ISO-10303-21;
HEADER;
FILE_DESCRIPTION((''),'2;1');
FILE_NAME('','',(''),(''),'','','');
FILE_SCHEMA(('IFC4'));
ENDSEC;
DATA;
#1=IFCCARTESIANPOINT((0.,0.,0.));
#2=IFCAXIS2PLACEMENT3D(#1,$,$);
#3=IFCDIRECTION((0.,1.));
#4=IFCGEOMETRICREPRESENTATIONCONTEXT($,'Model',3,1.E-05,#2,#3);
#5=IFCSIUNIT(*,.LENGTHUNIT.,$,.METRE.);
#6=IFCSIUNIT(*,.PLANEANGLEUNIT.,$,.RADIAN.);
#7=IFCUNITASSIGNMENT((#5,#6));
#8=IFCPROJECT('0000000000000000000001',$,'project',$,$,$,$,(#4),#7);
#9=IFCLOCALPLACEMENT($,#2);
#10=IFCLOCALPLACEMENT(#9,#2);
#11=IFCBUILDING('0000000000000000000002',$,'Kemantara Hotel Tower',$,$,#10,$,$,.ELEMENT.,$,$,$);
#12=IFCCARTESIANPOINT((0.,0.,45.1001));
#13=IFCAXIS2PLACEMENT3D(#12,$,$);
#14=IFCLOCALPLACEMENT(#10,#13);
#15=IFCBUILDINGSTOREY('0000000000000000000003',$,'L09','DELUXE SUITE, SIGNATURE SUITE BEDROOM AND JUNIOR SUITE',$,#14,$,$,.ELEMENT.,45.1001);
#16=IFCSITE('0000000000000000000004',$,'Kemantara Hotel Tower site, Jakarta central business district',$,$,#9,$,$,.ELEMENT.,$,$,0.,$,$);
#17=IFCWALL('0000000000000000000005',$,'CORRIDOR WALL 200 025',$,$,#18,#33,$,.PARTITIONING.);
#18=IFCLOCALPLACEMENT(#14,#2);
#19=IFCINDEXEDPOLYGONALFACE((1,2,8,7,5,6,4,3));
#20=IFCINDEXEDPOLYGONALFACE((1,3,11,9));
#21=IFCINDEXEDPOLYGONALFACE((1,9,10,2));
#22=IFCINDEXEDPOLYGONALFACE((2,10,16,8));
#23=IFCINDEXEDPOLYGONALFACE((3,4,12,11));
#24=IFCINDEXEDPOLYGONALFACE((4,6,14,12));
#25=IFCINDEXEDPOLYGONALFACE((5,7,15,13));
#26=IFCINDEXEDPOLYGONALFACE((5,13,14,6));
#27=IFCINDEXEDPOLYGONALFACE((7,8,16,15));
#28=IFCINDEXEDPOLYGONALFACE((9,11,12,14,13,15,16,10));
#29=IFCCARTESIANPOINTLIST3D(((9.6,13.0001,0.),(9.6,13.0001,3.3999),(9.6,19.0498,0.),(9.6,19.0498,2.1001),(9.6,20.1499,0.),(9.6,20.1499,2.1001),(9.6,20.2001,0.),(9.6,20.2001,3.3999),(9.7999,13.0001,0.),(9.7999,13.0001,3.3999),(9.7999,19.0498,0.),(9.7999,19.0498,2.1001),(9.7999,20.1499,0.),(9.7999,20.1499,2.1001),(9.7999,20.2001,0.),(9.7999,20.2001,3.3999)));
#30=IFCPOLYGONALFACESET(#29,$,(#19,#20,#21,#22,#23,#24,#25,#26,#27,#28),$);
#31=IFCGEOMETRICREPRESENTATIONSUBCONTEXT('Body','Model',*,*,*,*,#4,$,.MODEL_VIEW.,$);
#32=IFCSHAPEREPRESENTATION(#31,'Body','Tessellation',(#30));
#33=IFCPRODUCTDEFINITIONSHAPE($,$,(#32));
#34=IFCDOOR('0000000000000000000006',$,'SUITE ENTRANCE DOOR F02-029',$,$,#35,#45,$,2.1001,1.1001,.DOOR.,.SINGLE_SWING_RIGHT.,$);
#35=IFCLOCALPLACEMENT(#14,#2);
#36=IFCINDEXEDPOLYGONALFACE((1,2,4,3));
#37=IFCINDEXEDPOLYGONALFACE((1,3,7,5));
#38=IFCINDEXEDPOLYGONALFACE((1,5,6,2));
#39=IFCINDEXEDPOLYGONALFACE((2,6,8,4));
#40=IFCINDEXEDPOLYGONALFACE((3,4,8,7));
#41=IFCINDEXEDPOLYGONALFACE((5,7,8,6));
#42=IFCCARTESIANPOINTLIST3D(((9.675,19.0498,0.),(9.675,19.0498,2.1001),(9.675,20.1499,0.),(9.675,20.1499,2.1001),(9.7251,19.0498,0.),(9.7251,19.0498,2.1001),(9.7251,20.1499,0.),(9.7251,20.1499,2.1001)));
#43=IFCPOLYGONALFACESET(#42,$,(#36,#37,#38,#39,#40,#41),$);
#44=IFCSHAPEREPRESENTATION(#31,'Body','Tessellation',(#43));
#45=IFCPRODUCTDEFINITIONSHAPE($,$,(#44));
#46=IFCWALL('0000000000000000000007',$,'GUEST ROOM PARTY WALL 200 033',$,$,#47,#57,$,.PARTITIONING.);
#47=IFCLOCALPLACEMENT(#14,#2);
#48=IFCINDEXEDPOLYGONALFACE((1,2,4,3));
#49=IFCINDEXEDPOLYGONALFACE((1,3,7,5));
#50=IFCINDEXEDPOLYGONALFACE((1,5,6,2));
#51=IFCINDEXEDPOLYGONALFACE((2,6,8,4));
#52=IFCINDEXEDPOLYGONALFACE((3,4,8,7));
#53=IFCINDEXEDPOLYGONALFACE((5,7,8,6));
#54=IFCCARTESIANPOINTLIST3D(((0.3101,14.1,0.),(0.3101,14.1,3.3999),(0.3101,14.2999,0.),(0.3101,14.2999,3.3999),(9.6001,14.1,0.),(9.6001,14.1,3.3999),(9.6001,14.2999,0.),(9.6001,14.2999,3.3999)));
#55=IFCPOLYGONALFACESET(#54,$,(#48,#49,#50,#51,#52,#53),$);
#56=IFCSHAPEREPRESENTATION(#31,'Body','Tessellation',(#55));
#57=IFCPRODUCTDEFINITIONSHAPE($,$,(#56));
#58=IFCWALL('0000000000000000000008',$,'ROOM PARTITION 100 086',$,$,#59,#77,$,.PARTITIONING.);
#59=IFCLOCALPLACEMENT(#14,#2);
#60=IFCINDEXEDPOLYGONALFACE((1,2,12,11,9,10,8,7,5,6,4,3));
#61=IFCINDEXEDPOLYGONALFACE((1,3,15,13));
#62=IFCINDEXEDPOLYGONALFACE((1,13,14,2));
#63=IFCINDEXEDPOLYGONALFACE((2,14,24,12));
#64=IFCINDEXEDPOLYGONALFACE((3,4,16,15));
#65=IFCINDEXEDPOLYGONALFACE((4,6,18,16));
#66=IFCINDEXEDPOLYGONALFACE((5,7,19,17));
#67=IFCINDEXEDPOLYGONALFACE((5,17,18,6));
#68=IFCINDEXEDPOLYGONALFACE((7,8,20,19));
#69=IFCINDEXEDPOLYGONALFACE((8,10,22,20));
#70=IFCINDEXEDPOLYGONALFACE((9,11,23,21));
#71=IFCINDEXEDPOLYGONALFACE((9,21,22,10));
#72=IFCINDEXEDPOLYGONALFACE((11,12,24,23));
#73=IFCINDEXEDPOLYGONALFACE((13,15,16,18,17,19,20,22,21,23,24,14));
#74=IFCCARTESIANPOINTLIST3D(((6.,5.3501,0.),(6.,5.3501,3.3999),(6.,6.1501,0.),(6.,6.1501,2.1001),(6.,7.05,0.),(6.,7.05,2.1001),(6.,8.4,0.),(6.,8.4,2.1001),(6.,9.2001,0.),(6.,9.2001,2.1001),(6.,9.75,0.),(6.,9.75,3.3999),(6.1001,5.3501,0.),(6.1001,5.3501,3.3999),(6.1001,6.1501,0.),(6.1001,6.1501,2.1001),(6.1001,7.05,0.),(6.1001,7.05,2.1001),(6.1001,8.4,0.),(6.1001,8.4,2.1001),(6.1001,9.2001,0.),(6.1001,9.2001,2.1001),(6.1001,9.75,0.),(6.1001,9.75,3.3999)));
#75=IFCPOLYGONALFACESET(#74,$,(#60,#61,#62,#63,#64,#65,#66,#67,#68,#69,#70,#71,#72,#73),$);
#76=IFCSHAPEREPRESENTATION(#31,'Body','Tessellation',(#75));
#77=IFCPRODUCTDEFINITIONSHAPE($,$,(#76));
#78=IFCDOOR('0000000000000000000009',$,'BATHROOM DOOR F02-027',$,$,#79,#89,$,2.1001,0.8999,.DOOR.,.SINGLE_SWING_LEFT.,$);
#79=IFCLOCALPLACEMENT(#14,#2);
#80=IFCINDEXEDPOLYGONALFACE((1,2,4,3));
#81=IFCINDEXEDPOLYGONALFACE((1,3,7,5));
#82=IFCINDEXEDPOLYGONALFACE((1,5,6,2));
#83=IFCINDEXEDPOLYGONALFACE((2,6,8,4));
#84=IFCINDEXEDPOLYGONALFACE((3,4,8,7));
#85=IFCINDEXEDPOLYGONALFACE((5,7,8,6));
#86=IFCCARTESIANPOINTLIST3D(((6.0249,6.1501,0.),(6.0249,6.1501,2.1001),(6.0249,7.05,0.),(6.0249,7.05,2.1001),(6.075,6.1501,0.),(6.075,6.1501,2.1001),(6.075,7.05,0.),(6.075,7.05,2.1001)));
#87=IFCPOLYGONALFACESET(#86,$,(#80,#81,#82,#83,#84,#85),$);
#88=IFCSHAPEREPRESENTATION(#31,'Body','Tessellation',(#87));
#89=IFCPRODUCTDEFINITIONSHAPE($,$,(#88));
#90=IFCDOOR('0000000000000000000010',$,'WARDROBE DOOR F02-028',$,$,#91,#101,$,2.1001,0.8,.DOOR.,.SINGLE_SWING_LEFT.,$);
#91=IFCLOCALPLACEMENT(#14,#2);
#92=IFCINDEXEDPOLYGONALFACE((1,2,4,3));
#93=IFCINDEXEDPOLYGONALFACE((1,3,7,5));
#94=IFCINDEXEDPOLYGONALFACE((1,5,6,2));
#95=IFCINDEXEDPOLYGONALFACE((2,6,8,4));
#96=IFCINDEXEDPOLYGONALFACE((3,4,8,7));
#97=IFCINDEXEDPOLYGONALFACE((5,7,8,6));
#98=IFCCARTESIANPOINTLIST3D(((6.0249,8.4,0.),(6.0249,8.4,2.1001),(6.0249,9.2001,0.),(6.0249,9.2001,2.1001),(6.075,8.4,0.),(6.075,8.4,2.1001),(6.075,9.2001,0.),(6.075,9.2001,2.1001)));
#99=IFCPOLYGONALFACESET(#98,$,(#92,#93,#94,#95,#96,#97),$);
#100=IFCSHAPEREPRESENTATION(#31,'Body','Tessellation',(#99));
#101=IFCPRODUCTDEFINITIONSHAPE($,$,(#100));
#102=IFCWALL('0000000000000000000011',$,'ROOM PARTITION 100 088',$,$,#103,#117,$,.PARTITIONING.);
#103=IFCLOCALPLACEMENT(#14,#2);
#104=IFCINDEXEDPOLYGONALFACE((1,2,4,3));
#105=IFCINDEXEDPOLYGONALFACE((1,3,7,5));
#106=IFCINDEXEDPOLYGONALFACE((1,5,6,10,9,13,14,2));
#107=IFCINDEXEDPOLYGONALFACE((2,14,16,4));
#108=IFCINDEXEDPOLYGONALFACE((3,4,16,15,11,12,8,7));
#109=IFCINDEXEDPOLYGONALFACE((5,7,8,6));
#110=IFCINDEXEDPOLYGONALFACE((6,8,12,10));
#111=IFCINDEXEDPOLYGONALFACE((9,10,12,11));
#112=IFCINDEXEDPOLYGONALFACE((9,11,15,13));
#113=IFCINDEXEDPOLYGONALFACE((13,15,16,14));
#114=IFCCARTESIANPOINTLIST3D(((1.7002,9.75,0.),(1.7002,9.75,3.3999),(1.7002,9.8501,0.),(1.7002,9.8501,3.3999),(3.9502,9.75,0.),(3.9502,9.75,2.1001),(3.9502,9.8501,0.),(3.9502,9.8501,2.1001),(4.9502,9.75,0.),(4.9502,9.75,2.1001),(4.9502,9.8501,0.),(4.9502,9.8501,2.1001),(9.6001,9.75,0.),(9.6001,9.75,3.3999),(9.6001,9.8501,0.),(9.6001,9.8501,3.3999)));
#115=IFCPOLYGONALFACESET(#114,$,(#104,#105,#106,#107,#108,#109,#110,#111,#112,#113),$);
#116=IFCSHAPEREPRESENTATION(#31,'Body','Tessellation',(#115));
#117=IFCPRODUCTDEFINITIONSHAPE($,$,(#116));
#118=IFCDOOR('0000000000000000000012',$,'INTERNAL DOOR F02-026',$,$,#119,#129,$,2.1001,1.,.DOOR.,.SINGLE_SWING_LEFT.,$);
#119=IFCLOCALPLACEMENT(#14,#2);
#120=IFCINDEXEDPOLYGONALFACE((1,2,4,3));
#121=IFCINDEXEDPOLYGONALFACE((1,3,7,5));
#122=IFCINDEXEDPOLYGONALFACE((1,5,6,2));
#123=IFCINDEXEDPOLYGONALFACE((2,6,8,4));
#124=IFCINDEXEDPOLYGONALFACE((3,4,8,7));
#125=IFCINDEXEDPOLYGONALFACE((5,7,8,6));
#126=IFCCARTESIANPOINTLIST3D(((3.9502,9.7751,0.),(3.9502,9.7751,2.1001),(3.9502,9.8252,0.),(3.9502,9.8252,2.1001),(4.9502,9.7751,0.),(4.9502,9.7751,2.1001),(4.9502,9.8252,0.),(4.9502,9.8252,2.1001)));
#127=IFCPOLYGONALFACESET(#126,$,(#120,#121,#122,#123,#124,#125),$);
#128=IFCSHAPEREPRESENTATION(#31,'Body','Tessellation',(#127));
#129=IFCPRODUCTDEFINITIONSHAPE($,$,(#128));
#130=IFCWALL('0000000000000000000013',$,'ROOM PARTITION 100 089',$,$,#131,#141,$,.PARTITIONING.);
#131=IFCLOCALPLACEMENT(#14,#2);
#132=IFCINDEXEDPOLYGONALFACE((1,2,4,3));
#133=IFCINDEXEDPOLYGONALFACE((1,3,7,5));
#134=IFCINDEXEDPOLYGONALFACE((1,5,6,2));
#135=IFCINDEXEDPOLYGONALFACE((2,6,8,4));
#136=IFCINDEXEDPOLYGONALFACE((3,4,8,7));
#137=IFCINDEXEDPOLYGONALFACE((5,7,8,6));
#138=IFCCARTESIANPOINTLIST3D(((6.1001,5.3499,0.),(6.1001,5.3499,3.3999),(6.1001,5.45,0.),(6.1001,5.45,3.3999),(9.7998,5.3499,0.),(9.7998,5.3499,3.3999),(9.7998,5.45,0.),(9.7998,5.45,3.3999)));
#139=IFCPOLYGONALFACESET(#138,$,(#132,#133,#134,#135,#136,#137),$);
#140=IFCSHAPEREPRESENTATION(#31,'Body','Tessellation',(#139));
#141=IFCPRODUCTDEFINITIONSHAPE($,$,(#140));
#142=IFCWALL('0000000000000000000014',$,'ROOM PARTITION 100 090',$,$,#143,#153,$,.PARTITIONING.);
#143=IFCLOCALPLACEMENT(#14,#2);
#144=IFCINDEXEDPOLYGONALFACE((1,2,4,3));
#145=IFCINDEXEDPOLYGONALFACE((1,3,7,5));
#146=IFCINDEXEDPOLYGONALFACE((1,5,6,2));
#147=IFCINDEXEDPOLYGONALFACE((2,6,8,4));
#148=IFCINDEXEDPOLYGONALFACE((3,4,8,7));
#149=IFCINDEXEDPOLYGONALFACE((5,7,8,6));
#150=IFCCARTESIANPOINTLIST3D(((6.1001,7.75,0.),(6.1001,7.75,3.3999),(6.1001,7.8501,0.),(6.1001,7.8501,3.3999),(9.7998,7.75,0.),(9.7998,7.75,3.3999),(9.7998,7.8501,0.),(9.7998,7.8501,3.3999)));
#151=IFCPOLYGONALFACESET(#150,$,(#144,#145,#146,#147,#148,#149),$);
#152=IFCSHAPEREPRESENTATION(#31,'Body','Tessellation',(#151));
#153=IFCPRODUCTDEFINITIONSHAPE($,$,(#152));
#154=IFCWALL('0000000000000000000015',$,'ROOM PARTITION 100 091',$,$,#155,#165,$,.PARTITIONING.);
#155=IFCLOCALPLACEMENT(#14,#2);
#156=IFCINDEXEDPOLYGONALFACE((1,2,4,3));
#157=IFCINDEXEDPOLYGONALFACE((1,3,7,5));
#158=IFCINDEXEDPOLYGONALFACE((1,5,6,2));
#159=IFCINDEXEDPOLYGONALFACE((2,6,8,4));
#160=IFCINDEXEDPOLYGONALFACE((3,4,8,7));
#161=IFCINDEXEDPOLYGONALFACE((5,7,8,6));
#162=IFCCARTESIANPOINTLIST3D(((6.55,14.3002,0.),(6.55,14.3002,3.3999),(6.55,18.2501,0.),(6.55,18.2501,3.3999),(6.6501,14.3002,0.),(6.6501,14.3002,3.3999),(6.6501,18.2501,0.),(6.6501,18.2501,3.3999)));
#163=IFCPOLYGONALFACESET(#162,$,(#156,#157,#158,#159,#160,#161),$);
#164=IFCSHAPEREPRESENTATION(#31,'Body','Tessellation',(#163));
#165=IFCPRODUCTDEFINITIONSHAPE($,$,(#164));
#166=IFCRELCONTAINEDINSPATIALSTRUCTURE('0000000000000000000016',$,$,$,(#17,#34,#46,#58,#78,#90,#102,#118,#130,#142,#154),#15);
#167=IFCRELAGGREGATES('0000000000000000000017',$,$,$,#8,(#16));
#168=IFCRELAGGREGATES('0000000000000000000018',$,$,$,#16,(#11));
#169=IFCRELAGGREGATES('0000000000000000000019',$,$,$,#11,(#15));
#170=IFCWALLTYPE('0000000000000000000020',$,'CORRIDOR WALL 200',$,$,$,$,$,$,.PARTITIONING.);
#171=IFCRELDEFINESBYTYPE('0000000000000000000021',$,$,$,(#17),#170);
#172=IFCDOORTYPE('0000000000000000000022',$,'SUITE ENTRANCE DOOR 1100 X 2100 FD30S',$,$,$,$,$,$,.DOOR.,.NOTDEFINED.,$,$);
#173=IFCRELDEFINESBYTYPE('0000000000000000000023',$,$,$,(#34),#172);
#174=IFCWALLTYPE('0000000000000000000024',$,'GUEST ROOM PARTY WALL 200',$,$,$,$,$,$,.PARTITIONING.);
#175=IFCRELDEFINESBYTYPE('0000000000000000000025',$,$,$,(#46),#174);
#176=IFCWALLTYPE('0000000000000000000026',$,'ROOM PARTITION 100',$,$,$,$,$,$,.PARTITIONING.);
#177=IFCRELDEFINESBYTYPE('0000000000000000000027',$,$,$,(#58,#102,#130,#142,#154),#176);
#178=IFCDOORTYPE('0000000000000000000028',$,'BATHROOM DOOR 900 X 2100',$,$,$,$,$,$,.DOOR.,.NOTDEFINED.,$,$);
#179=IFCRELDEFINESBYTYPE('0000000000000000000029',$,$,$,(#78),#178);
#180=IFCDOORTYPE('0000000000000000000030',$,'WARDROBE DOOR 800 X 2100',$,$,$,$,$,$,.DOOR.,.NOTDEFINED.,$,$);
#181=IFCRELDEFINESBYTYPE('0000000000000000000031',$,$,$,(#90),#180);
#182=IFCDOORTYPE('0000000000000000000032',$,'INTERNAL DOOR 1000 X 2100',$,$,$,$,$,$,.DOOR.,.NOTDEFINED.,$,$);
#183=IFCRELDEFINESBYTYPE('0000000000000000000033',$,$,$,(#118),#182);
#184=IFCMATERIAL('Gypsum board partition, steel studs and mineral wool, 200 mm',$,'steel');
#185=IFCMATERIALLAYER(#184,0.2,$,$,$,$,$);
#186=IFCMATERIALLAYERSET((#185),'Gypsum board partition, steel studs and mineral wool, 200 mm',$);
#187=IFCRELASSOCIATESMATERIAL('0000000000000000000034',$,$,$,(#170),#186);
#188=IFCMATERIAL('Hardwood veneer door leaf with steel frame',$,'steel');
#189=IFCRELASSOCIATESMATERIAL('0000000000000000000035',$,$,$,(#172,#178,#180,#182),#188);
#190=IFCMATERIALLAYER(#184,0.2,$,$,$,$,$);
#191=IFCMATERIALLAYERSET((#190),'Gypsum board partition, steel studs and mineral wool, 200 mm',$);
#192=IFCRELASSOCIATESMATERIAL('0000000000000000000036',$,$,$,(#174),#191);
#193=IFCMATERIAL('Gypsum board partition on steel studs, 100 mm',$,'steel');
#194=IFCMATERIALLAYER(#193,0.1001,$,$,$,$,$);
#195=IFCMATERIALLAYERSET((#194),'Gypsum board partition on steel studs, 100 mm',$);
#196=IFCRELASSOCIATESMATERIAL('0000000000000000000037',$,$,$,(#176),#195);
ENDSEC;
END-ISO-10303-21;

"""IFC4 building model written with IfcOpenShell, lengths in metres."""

from ifc_helpers import new_model, si_unit, direction, frame, frame_2d, origin, place, context, subcontext, project, spatial, rectangle, extrude, material, layer, layer_set, type_object, element, fill, save


model = new_model("IFC4")

# Units and contexts
model_context = context("Model", 3, precision=1e-05, world=origin(), true_north=direction((0.0, 1.0)))
body_context = subcontext(model_context, "Body", "Model", "MODEL_VIEW")
ifc_project = project(units=[si_unit("LENGTHUNIT", "METRE"), si_unit("PLANEANGLEUNIT", "RADIAN")], contexts=[model_context])

# Site, building, storey
site_placement = place(None, origin())
site = spatial("IfcSite", under=ifc_project, at=site_placement, Name="Kemantara Hotel Tower site, Jakarta central business district", CompositionType="ELEMENT", RefElevation=0.0)
building_placement = place(site_placement, origin())
building = spatial("IfcBuilding", under=site, at=building_placement, Name="Kemantara Hotel Tower", CompositionType="ELEMENT")
storey_placement = place(building_placement, frame((0.0, 0.0, 45.1001)))
storey = spatial("IfcBuildingStorey", under=building, at=storey_placement, Name="L09", Description="DELUXE SUITE, SIGNATURE SUITE BEDROOM AND JUNIOR SUITE", CompositionType="ELEMENT", Elevation=45.1001)

# Wall, opening, door
ifc_material_1 = material(Name="Gypsum board partition, steel studs and mineral wool, 200 mm", Category="steel")
ifc_layer_1 = layer(ifc_material_1, 0.2)
ifc_layer_set_1 = layer_set([ifc_layer_1], Name="Gypsum board partition, steel studs and mineral wool, 200 mm")
wall_type_1 = type_object("IfcWallType", Name="CORRIDOR WALL 200", PredefinedType="PARTITIONING", material=ifc_layer_set_1)
ifc_material_2 = material(Name="Hardwood veneer door leaf with steel frame", Category="steel")
door_type_1 = type_object("IfcDoorType", Name="SUITE ENTRANCE DOOR 1100 X 2100 FD30S", OperationType="NOTDEFINED", PredefinedType="DOOR", material=ifc_material_2)
wall_1_placement = place(storey_placement, frame((9.7, 13.0, 0.0), z_axis=(0.0, 0.0, 1.0), x_axis=(0.0, 1.0, 0.0)))
wall_1 = element("IfcWall", 1, at=wall_1_placement, inside=storey, type_object=wall_type_1, Name="CORRIDOR WALL 200 025", PredefinedType="PARTITIONING", context=body_context, shape_type="SweptSolid", body=[
    extrude(rectangle(XDim=7.2, YDim=0.2, at=frame_2d((3.6001, 0.0))), origin(), (0.0, 0.0, 1.0), 3.3999),
])
opening_1_placement = place(wall_1_placement, frame((6.0498, 0.0, 0.0)))
opening_1 = element("IfcOpeningElement", 2, at=opening_1_placement, cuts=wall_1, PredefinedType="OPENING", context=body_context, shape_type="SweptSolid", body=[
    extrude(rectangle(XDim=1.1001, YDim=2.1001, at=frame_2d((0.55, 1.05))), frame((0.0, 0.1099, 0.0), z_axis=(0.0, -1.0, 0.0), x_axis=(1.0, 0.0, 0.0)), (0.0, 0.0, 1.0), 0.22),
])
door_1_placement = place(opening_1_placement, origin())
door_1 = element("IfcDoor", 3, at=door_1_placement, inside=storey, type_object=door_type_1, Name="SUITE ENTRANCE DOOR F02-029", OperationType="SINGLE_SWING_RIGHT", OverallHeight=2.1001, OverallWidth=1.1001, PredefinedType="DOOR", context=body_context, shape_type="SweptSolid", body=[
    extrude(rectangle(XDim=1.1001, YDim=2.1001, at=frame_2d((0.55, 1.05))), frame((0.0, 0.0249, 0.0), z_axis=(0.0, -1.0, 0.0), x_axis=(1.0, 0.0, 0.0)), (0.0, 0.0, 1.0), 0.05),
])
fill(opening_1, door_1)

# Wall
ifc_layer_2 = layer(ifc_material_1, 0.2)
ifc_layer_set_2 = layer_set([ifc_layer_2], Name="Gypsum board partition, steel studs and mineral wool, 200 mm")
wall_type_2 = type_object("IfcWallType", Name="GUEST ROOM PARTY WALL 200", PredefinedType="PARTITIONING", material=ifc_layer_set_2)
wall_2_placement = place(storey_placement, frame((0.3101, 14.2, 0.0), z_axis=(0.0, 0.0, 1.0), x_axis=(1.0, 0.0, 0.0)))
element("IfcWall", 4, at=wall_2_placement, inside=storey, type_object=wall_type_2, Name="GUEST ROOM PARTY WALL 200 033", PredefinedType="PARTITIONING", context=body_context, shape_type="SweptSolid", body=[
    extrude(rectangle(XDim=9.29, YDim=0.2, at=frame_2d((4.645, 0.0))), origin(), (0.0, 0.0, 1.0), 3.3999),
])

# Wall, openings, doors
ifc_material_3 = material(Name="Gypsum board partition on steel studs, 100 mm", Category="steel")
ifc_layer_3 = layer(ifc_material_3, 0.1001)
ifc_layer_set_3 = layer_set([ifc_layer_3], Name="Gypsum board partition on steel studs, 100 mm")
wall_type_3 = type_object("IfcWallType", Name="ROOM PARTITION 100", PredefinedType="PARTITIONING", material=ifc_layer_set_3)
wall_3_placement = place(storey_placement, frame((6.05, 9.75, 0.0), z_axis=(0.0, 0.0, 1.0), x_axis=(0.0, -1.0, 0.0)))
wall_3 = element("IfcWall", 5, at=wall_3_placement, inside=storey, type_object=wall_type_3, Name="ROOM PARTITION 100 086", PredefinedType="PARTITIONING", context=body_context, shape_type="SweptSolid", body=[
    extrude(rectangle(XDim=4.3999, YDim=0.1001, at=frame_2d((2.2, 0.0))), origin(), (0.0, 0.0, 1.0), 3.3999),
])
opening_2_placement = place(wall_3_placement, frame((2.7, 0.0, 0.0)))
opening_2 = element("IfcOpeningElement", 6, at=opening_2_placement, cuts=wall_3, PredefinedType="OPENING", context=body_context, shape_type="SweptSolid", body=[
    extrude(rectangle(XDim=0.8999, YDim=2.1001, at=frame_2d((0.45, 1.05))), frame((0.0, 0.0601, 0.0), z_axis=(0.0, -1.0, 0.0), x_axis=(1.0, 0.0, 0.0)), (0.0, 0.0, 1.0), 0.1201),
])
opening_3_placement = place(wall_3_placement, frame((0.55, 0.0, 0.0)))
opening_3 = element("IfcOpeningElement", 7, at=opening_3_placement, cuts=wall_3, PredefinedType="OPENING", context=body_context, shape_type="SweptSolid", body=[
    extrude(rectangle(XDim=0.8, YDim=2.1001, at=frame_2d((0.3999, 1.05))), frame((0.0, 0.0601, 0.0), z_axis=(0.0, -1.0, 0.0), x_axis=(1.0, 0.0, 0.0)), (0.0, 0.0, 1.0), 0.1201),
])
door_type_2 = type_object("IfcDoorType", Name="BATHROOM DOOR 900 X 2100", OperationType="NOTDEFINED", PredefinedType="DOOR", material=ifc_material_2)
door_2_placement = place(opening_2_placement, origin())
door_2 = element("IfcDoor", 8, at=door_2_placement, inside=storey, type_object=door_type_2, Name="BATHROOM DOOR F02-027", OperationType="SINGLE_SWING_LEFT", OverallHeight=2.1001, OverallWidth=0.8999, PredefinedType="DOOR", context=body_context, shape_type="SweptSolid", body=[
    extrude(rectangle(XDim=0.8999, YDim=2.1001, at=frame_2d((0.45, 1.05))), frame((0.0, 0.0249, 0.0), z_axis=(0.0, -1.0, 0.0), x_axis=(1.0, 0.0, 0.0)), (0.0, 0.0, 1.0), 0.05),
])
fill(opening_2, door_2)
door_type_3 = type_object("IfcDoorType", Name="WARDROBE DOOR 800 X 2100", OperationType="NOTDEFINED", PredefinedType="DOOR", material=ifc_material_2)
door_3_placement = place(opening_3_placement, origin())
door_3 = element("IfcDoor", 9, at=door_3_placement, inside=storey, type_object=door_type_3, Name="WARDROBE DOOR F02-028", OperationType="SINGLE_SWING_LEFT", OverallHeight=2.1001, OverallWidth=0.8, PredefinedType="DOOR", context=body_context, shape_type="SweptSolid", body=[
    extrude(rectangle(XDim=0.8, YDim=2.1001, at=frame_2d((0.3999, 1.05))), frame((0.0, 0.0249, 0.0), z_axis=(0.0, -1.0, 0.0), x_axis=(1.0, 0.0, 0.0)), (0.0, 0.0, 1.0), 0.05),
])
fill(opening_3, door_3)

# Wall, opening, door
wall_4_placement = place(storey_placement, frame((9.6001, 9.8, 0.0), z_axis=(0.0, 0.0, 1.0), x_axis=(-1.0, 0.0, 0.0)))
wall_4 = element("IfcWall", 10, at=wall_4_placement, inside=storey, type_object=wall_type_3, Name="ROOM PARTITION 100 088", PredefinedType="PARTITIONING", context=body_context, shape_type="SweptSolid", body=[
    extrude(rectangle(XDim=7.8999, YDim=0.1001, at=frame_2d((3.95, 0.0))), origin(), (0.0, 0.0, 1.0), 3.3999),
])
opening_4_placement = place(wall_4_placement, frame((4.6499, 0.0, 0.0)))
opening_4 = element("IfcOpeningElement", 11, at=opening_4_placement, cuts=wall_4, PredefinedType="OPENING", context=body_context, shape_type="SweptSolid", body=[
    extrude(rectangle(XDim=1.0, YDim=2.1001, at=frame_2d((0.5, 1.05))), frame((0.0, 0.0601, 0.0), z_axis=(0.0, -1.0, 0.0), x_axis=(1.0, 0.0, 0.0)), (0.0, 0.0, 1.0), 0.1201),
])
door_type_4 = type_object("IfcDoorType", Name="INTERNAL DOOR 1000 X 2100", OperationType="NOTDEFINED", PredefinedType="DOOR", material=ifc_material_2)
door_4_placement = place(opening_4_placement, origin())
door_4 = element("IfcDoor", 12, at=door_4_placement, inside=storey, type_object=door_type_4, Name="INTERNAL DOOR F02-026", OperationType="SINGLE_SWING_LEFT", OverallHeight=2.1001, OverallWidth=1.0, PredefinedType="DOOR", context=body_context, shape_type="SweptSolid", body=[
    extrude(rectangle(XDim=1.0, YDim=2.1001, at=frame_2d((0.5, 1.05))), frame((0.0, 0.0249, 0.0), z_axis=(0.0, -1.0, 0.0), x_axis=(1.0, 0.0, 0.0)), (0.0, 0.0, 1.0), 0.05),
])
fill(opening_4, door_4)

# Walls
for number, where, z_axis, x_axis, name in (
    (13, (6.1001, 5.3999, 0.0), (0.0, 0.0, 1.0), (1.0, 0.0, 0.0), "ROOM PARTITION 100 089"),
    (14, (6.1001, 7.8, 0.0), (0.0, 0.0, 1.0), (1.0, 0.0, 0.0), "ROOM PARTITION 100 090"),
):
    element("IfcWall", number, at=place(storey_placement, frame(where, z_axis=z_axis, x_axis=x_axis)), inside=storey, type_object=wall_type_3, Name=name, PredefinedType="PARTITIONING", context=body_context, shape_type="SweptSolid", body=[
        extrude(rectangle(XDim=3.6997, YDim=0.1001, at=frame_2d((1.8499, 0.0))), origin(), (0.0, 0.0, 1.0), 3.3999),
    ])
wall_5_placement = place(storey_placement, frame((6.6001, 14.3, 0.0), z_axis=(0.0, 0.0, 1.0), x_axis=(0.0, 1.0, 0.0)))
element("IfcWall", 15, at=wall_5_placement, inside=storey, type_object=wall_type_3, Name="ROOM PARTITION 100 091", PredefinedType="PARTITIONING", context=body_context, shape_type="SweptSolid", body=[
    extrude(rectangle(XDim=3.95, YDim=0.1001, at=frame_2d((1.9751, 0.0))), origin(), (0.0, 0.0, 1.0), 3.3999),
])

save(model, "model.ifc")
